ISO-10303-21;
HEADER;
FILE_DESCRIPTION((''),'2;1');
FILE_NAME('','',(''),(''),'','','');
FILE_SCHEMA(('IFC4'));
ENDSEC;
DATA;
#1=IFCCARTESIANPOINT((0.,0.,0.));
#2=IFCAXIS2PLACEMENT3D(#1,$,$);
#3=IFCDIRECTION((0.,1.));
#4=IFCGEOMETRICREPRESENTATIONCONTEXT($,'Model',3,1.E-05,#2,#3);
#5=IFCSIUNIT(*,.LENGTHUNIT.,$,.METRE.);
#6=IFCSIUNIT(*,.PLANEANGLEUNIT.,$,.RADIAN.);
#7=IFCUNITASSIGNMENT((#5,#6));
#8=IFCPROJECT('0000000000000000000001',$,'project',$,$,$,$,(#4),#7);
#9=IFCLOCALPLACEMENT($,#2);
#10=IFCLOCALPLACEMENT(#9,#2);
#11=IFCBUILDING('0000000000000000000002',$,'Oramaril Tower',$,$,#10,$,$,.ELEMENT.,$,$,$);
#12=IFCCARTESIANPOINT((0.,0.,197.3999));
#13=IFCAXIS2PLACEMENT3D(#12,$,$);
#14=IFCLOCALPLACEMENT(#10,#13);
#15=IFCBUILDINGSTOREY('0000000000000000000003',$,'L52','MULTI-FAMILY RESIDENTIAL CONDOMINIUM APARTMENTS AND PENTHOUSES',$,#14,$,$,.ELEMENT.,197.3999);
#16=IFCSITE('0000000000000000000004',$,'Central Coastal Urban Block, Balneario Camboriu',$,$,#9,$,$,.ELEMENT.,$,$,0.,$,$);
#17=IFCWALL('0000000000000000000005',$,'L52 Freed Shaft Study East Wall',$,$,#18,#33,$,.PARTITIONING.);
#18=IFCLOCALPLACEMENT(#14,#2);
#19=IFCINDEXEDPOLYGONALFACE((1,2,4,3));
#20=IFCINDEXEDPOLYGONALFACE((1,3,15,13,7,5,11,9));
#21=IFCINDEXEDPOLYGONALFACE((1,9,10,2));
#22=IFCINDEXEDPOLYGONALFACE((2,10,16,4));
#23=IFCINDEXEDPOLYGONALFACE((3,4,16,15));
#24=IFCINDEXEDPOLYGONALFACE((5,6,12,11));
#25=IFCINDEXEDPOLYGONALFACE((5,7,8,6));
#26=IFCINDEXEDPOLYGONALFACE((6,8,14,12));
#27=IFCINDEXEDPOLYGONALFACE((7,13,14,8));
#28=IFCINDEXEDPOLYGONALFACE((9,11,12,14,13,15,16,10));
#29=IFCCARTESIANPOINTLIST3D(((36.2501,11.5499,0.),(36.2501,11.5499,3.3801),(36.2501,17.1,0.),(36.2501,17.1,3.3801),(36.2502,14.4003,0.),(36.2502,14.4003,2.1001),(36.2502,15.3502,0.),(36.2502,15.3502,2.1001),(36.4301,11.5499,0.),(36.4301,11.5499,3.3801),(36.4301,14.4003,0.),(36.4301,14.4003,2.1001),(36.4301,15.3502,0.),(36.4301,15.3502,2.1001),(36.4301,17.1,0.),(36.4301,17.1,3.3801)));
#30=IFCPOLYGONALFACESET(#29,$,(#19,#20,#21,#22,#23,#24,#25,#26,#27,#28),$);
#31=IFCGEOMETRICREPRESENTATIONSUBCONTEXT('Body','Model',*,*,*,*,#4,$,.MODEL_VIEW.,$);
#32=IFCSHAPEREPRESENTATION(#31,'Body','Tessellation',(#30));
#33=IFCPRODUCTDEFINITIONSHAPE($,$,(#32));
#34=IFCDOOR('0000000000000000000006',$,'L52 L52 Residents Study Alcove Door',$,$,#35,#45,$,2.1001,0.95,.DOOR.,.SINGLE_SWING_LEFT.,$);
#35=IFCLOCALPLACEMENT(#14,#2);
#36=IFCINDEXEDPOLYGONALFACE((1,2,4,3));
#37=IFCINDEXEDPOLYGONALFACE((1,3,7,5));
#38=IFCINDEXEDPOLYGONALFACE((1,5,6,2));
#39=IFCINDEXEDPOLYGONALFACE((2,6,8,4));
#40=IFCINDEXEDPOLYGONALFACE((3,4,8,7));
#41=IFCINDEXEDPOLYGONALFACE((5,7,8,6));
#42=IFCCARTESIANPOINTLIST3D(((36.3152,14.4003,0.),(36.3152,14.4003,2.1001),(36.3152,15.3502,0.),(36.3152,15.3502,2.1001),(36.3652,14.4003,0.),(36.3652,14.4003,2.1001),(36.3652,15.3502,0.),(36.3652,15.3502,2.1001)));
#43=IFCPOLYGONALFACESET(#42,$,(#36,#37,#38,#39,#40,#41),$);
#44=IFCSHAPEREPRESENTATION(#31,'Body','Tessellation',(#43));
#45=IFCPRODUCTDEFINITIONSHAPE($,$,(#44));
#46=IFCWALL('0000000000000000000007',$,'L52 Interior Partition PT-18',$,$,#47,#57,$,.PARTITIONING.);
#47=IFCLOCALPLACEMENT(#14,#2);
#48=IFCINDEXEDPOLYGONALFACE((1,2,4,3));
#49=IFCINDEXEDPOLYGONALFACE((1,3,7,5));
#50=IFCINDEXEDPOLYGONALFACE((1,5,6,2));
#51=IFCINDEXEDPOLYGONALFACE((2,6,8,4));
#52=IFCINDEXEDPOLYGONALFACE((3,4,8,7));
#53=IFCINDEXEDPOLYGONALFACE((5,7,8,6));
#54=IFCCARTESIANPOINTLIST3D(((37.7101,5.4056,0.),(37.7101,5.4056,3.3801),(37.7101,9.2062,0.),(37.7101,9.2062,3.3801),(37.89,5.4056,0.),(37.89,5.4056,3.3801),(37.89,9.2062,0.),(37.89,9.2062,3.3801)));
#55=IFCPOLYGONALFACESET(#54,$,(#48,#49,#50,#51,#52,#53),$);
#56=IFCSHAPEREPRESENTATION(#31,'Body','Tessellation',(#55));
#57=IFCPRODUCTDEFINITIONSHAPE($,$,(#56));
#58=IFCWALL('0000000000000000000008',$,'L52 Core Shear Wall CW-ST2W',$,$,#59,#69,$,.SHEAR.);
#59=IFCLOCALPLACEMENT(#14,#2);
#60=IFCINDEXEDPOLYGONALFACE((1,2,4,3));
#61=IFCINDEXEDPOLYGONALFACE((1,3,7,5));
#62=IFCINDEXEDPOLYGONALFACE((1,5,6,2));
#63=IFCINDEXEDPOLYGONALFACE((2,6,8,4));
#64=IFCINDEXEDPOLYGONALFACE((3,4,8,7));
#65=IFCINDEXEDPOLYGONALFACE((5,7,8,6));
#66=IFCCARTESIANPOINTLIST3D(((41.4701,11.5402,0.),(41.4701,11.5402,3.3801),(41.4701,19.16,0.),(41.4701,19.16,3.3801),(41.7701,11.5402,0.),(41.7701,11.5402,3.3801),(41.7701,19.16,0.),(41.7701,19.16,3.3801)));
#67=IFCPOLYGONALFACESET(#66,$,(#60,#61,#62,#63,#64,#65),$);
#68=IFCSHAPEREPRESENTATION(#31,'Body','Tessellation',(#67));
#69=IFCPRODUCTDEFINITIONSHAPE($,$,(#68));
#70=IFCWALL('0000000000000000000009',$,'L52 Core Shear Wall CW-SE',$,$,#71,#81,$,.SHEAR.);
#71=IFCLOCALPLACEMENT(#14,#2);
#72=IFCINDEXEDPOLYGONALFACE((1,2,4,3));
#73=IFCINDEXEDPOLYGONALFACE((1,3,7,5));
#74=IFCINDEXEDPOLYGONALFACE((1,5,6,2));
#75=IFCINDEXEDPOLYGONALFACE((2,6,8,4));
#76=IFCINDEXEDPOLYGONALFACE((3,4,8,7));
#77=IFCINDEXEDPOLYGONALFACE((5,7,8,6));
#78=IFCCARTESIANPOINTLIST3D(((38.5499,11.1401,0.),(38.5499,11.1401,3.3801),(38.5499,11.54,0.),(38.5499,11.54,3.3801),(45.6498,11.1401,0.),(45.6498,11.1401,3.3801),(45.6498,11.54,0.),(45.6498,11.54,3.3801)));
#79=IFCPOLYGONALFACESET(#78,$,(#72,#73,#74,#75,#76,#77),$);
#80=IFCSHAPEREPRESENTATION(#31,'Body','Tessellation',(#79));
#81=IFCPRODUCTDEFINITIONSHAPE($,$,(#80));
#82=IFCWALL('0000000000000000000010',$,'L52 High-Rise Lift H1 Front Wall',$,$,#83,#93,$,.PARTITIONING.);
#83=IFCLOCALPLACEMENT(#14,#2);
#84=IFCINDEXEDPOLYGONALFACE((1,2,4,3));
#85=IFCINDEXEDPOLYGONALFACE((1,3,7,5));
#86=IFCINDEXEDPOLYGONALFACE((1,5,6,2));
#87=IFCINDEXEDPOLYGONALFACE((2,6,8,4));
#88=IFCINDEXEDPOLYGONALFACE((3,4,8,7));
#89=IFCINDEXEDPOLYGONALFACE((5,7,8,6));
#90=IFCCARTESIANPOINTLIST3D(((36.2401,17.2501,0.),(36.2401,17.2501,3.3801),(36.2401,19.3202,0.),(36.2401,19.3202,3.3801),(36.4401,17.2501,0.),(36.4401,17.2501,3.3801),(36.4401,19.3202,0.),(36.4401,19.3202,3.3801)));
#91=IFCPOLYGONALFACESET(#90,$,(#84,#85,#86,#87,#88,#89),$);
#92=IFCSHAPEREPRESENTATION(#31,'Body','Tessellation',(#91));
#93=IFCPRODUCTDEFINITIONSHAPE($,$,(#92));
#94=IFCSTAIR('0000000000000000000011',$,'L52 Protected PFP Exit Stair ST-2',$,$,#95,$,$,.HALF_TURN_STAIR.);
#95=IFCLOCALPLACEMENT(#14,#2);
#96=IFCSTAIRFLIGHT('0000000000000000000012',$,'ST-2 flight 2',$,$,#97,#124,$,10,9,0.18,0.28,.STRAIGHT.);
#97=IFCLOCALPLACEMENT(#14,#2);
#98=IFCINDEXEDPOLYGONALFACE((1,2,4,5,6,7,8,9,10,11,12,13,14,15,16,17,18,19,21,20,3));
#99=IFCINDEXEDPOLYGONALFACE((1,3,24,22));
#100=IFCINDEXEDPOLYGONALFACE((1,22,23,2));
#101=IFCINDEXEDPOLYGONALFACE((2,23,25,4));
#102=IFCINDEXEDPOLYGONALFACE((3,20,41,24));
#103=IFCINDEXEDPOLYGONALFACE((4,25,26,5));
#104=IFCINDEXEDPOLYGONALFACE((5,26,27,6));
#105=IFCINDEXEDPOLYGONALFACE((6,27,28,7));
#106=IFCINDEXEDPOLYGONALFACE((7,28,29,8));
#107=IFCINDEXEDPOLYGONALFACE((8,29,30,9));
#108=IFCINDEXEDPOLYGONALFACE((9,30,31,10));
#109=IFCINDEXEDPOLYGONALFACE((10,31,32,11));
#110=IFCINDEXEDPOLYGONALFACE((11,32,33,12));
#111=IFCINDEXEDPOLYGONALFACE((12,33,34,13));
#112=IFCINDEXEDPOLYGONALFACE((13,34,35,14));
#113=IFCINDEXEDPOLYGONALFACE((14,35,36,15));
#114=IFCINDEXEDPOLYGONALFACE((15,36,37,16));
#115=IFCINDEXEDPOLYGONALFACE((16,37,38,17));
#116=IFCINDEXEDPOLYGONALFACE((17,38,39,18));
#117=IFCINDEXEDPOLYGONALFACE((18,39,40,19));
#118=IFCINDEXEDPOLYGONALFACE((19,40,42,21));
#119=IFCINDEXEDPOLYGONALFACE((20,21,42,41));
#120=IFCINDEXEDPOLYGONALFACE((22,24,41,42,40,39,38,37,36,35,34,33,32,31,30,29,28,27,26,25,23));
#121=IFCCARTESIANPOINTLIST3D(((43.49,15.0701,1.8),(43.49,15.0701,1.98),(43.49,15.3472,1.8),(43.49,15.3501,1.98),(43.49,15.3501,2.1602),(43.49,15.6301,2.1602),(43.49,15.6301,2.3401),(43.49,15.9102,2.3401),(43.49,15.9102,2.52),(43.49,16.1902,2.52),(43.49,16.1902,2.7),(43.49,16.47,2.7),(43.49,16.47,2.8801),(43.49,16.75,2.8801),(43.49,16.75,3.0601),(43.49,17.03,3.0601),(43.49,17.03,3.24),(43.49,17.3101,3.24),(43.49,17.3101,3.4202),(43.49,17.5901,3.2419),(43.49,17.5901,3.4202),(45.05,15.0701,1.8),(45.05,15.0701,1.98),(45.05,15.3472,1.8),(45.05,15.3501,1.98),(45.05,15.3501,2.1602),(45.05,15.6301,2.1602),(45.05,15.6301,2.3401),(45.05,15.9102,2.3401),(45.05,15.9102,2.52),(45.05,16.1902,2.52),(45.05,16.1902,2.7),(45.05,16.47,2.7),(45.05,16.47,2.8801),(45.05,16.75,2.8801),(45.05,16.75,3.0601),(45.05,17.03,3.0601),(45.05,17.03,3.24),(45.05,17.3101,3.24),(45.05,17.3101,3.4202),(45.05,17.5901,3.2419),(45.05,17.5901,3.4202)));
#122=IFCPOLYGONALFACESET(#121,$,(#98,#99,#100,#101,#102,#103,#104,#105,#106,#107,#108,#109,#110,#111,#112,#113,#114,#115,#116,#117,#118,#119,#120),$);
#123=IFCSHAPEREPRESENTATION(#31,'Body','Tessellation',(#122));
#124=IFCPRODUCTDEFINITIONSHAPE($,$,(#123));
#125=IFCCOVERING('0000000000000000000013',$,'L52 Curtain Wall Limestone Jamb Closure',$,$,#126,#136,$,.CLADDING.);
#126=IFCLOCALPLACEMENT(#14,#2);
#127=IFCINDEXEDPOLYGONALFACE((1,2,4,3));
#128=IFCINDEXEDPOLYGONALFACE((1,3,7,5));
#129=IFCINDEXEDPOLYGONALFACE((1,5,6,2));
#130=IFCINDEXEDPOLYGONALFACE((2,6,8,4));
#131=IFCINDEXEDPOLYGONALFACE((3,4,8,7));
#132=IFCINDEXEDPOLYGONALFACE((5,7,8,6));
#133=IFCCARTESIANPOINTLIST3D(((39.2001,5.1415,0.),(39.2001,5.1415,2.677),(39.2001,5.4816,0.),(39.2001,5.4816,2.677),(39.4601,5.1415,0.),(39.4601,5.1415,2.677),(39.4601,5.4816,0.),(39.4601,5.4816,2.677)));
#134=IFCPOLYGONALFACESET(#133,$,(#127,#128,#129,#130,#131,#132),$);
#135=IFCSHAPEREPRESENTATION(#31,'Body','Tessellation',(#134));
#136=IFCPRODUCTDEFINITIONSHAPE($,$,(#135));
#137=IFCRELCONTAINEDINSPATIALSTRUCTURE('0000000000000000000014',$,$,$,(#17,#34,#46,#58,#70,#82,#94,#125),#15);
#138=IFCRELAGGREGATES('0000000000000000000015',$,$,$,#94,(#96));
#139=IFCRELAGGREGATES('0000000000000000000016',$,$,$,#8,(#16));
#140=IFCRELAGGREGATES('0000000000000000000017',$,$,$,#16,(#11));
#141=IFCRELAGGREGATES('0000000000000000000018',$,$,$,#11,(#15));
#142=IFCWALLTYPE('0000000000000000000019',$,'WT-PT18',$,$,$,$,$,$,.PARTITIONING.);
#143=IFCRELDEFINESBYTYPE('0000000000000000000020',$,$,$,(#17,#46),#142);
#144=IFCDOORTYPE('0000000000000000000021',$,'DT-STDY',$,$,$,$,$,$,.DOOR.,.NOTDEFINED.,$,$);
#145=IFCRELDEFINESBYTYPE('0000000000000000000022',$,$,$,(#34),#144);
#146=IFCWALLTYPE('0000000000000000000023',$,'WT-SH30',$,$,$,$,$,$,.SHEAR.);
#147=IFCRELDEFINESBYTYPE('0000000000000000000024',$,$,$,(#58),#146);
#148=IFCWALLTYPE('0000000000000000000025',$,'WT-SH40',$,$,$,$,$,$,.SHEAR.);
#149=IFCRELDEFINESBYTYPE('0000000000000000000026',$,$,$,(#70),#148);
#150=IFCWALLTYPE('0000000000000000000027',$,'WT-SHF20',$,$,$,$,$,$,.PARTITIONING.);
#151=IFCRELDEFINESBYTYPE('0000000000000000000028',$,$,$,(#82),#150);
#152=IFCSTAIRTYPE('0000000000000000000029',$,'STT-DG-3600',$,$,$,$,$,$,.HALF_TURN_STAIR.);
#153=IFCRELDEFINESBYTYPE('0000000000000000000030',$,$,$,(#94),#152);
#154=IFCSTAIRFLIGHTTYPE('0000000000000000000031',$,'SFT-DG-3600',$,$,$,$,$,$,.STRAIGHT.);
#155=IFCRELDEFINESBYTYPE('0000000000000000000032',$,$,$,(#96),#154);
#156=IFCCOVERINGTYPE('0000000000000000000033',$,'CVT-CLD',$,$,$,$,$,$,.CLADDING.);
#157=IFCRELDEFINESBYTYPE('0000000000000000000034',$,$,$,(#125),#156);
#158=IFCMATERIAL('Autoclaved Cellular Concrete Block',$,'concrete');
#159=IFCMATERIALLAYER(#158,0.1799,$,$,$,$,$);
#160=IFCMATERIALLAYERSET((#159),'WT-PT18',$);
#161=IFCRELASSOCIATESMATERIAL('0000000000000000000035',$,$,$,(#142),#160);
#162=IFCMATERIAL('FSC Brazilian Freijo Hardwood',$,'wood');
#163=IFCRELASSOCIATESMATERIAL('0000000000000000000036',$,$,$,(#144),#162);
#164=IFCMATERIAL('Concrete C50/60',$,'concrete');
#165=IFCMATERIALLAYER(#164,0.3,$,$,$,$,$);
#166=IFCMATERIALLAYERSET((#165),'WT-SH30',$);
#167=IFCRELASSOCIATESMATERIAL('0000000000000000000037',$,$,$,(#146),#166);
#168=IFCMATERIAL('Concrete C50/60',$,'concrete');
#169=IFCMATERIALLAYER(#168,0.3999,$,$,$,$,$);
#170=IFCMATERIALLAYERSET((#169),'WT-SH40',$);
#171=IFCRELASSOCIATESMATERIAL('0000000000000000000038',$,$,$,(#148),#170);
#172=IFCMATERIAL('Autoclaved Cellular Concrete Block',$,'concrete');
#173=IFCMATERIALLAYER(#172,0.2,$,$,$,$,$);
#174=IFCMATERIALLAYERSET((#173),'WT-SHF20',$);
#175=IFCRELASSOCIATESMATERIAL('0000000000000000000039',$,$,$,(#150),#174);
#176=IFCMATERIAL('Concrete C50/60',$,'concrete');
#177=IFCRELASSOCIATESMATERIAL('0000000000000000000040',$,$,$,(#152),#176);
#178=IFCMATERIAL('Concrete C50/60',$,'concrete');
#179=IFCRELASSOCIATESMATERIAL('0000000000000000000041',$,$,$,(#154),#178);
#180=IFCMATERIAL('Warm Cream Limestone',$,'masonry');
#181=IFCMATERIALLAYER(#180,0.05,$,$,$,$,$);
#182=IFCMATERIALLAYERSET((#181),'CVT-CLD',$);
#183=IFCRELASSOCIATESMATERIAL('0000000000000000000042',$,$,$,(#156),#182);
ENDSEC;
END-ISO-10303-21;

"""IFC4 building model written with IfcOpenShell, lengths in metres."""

from ifc_helpers import new_model, si_unit, direction, frame, frame_2d, origin, origin_2d, place, context, subcontext, project, spatial, polyline, rectangle, outline, extrude, material, layer, layer_set, type_object, element, fill, aggregate, save


model = new_model("IFC4")

# Units and contexts
model_context = context("Model", 3, precision=1e-05, world=origin(), true_north=direction((0.0, 1.0)))
body_context = subcontext(model_context, "Body", "Model", "MODEL_VIEW")
ifc_project = project(units=[si_unit("LENGTHUNIT", "METRE"), si_unit("PLANEANGLEUNIT", "RADIAN")], contexts=[model_context])

# Site, building, storey
site_placement = place(None, origin())
site = spatial("IfcSite", under=ifc_project, at=site_placement, Name="Central Coastal Urban Block, Balneario Camboriu", CompositionType="ELEMENT", RefElevation=0.0)
building_placement = place(site_placement, origin())
building = spatial("IfcBuilding", under=site, at=building_placement, Name="Oramaril Tower", CompositionType="ELEMENT")
storey_placement = place(building_placement, frame((0.0, 0.0, 197.3999)))
storey = spatial("IfcBuildingStorey", under=building, at=storey_placement, Name="L52", Description="MULTI-FAMILY RESIDENTIAL CONDOMINIUM APARTMENTS AND PENTHOUSES", CompositionType="ELEMENT", Elevation=197.3999)

# Wall, opening, door
ifc_material_1 = material(Name="Autoclaved Cellular Concrete Block", Category="concrete")
ifc_layer_1 = layer(ifc_material_1, 0.1799)
ifc_layer_set_1 = layer_set([ifc_layer_1], Name="WT-PT18")
wall_type_1 = type_object("IfcWallType", Name="WT-PT18", PredefinedType="PARTITIONING", material=ifc_layer_set_1)
wall_1_placement = place(storey_placement, frame((36.3401, 11.55, 0.0), z_axis=(0.0, 0.0, 1.0), x_axis=(0.0, 1.0, 0.0)))
wall_1 = element("IfcWall", 1, at=wall_1_placement, inside=storey, type_object=wall_type_1, Name="L52 Freed Shaft Study East Wall", PredefinedType="PARTITIONING", context=body_context, shape_type="SweptSolid", body=[
    extrude(rectangle(XDim=5.55, YDim=0.1799, at=frame_2d((2.7749, 0.0))), origin(), (0.0, 0.0, 1.0), 3.3801),
])
opening_1_placement = place(wall_1_placement, frame((2.8501, 0.0, 0.0)))
opening_1 = element("IfcOpeningElement", 2, at=opening_1_placement, cuts=wall_1, PredefinedType="OPENING", context=body_context, shape_type="SweptSolid", body=[
    extrude(rectangle(XDim=0.95, YDim=2.1001, at=frame_2d((0.4751, 1.05))), frame((0.0, 0.0898, 0.0), z_axis=(0.0, -1.0, 0.0), x_axis=(1.0, 0.0, 0.0)), (0.0, 0.0, 1.0), 0.1799),
])
ifc_material_2 = material(Name="FSC Brazilian Freijo Hardwood", Category="wood")
door_type_1 = type_object("IfcDoorType", Name="DT-STDY", OperationType="NOTDEFINED", PredefinedType="DOOR", material=ifc_material_2)
door_1_placement = place(opening_1_placement, origin())
door_1 = element("IfcDoor", 3, at=door_1_placement, inside=storey, type_object=door_type_1, Name="L52 L52 Residents Study Alcove Door", OperationType="SINGLE_SWING_LEFT", OverallHeight=2.1001, OverallWidth=0.95, PredefinedType="DOOR", context=body_context, shape_type="SweptSolid", body=[
    extrude(rectangle(XDim=0.95, YDim=2.1001, at=frame_2d((0.4751, 1.05))), frame((0.0, 0.0249, 0.0), z_axis=(0.0, -1.0, 0.0), x_axis=(1.0, 0.0, 0.0)), (0.0, 0.0, 1.0), 0.05),
])
fill(opening_1, door_1)

# Walls
wall_2_placement = place(storey_placement, frame((37.8, 5.4055, 0.0), z_axis=(0.0, 0.0, 1.0), x_axis=(0.0, 1.0, 0.0)))
element("IfcWall", 4, at=wall_2_placement, inside=storey, type_object=wall_type_1, Name="L52 Interior Partition PT-18", PredefinedType="PARTITIONING", context=body_context, shape_type="SweptSolid", body=[
    extrude(rectangle(XDim=3.8005, YDim=0.1799, at=frame_2d((1.9004, 0.0))), origin(), (0.0, 0.0, 1.0), 3.3801),
])
ifc_material_3 = material(Name="Concrete C50/60", Category="concrete")
ifc_layer_2 = layer(ifc_material_3, 0.3)
ifc_layer_set_2 = layer_set([ifc_layer_2], Name="WT-SH30")
wall_type_2 = type_object("IfcWallType", Name="WT-SH30", PredefinedType="SHEAR", material=ifc_layer_set_2)
wall_3_placement = place(storey_placement, frame((41.6201, 11.54, 0.0), z_axis=(0.0, 0.0, 1.0), x_axis=(0.0, 1.0, 0.0)))
element("IfcWall", 5, at=wall_3_placement, inside=storey, type_object=wall_type_2, Name="L52 Core Shear Wall CW-ST2W", PredefinedType="SHEAR", context=body_context, shape_type="SweptSolid", body=[
    extrude(rectangle(XDim=7.6199, YDim=0.3, at=frame_2d((3.8101, 0.0))), origin(), (0.0, 0.0, 1.0), 3.3801),
])
ifc_material_4 = material(Name="Concrete C50/60", Category="concrete")
ifc_layer_3 = layer(ifc_material_4, 0.3999)
ifc_layer_set_3 = layer_set([ifc_layer_3], Name="WT-SH40")
wall_type_3 = type_object("IfcWallType", Name="WT-SH40", PredefinedType="SHEAR", material=ifc_layer_set_3)
wall_4_placement = place(storey_placement, frame((38.55, 11.3401, 0.0), z_axis=(0.0, 0.0, 1.0), x_axis=(1.0, 0.0, 0.0)))
element("IfcWall", 6, at=wall_4_placement, inside=storey, type_object=wall_type_3, Name="L52 Core Shear Wall CW-SE", PredefinedType="SHEAR", context=body_context, shape_type="SweptSolid", body=[
    extrude(rectangle(XDim=7.0999, YDim=0.3999, at=frame_2d((3.5498, 0.0))), origin(), (0.0, 0.0, 1.0), 3.3801),
])
ifc_material_5 = material(Name="Autoclaved Cellular Concrete Block", Category="concrete")
ifc_layer_4 = layer(ifc_material_5, 0.2)
ifc_layer_set_4 = layer_set([ifc_layer_4], Name="WT-SHF20")
wall_type_4 = type_object("IfcWallType", Name="WT-SHF20", PredefinedType="PARTITIONING", material=ifc_layer_set_4)
wall_5_placement = place(storey_placement, frame((36.3401, 17.25, 0.0), z_axis=(0.0, 0.0, 1.0), x_axis=(0.0, 1.0, 0.0)))
element("IfcWall", 7, at=wall_5_placement, inside=storey, type_object=wall_type_4, Name="L52 High-Rise Lift H1 Front Wall", PredefinedType="PARTITIONING", context=body_context, shape_type="SweptSolid", body=[
    extrude(rectangle(XDim=2.0701, YDim=0.2, at=frame_2d((1.0352, 0.0))), origin(), (0.0, 0.0, 1.0), 3.3801),
])

# Stair, stair flight
ifc_material_6 = material(Name="Concrete C50/60", Category="concrete")
stair_type = type_object("IfcStairType", Name="STT-DG-3600", PredefinedType="HALF_TURN_STAIR", material=ifc_material_6)
stair_placement = place(storey_placement, origin())
stair = element("IfcStair", 8, at=stair_placement, inside=storey, type_object=stair_type, Name="L52 Protected PFP Exit Stair ST-2", PredefinedType="HALF_TURN_STAIR")
ifc_material_7 = material(Name="Concrete C50/60", Category="concrete")
stair_flight_type = type_object("IfcStairFlightType", Name="SFT-DG-3600", PredefinedType="STRAIGHT", material=ifc_material_7)
stair_flight_placement = place(storey_placement, frame((44.27, 15.0701, 1.8), z_axis=(0.0, 0.0, 1.0), x_axis=(0.0, 1.0, 0.0)))
stair_flight = element("IfcStairFlight", 9, at=stair_flight_placement, type_object=stair_flight_type, Name="ST-2 flight 2", NumberOfRisers=10, NumberOfTreads=9, PredefinedType="STRAIGHT", RiserHeight=0.18, TreadLength=0.28, context=body_context, shape_type="SweptSolid", body=[
    extrude(outline(polyline([(0.0, 0.0), (0.0, 0.1799), (0.28, 0.1799), (0.28, 0.3601), (0.5601, 0.3601), (0.5601, 0.54), (0.8401, 0.54), (0.8401, 0.72), (1.1201, 0.72), (1.1201, 0.8999), (1.3999, 0.8999), (1.3999, 1.0801), (1.6799, 1.0801), (1.6799, 1.26), (1.96, 1.26), (1.96, 1.4399), (2.24, 1.4399), (2.24, 1.6201), (2.52, 1.6201), (2.52, 1.8), (2.52, 1.4419), (0.2771, 0.0), (0.0, 0.0)])), frame((0.0, 0.78, 0.0), z_axis=(0.0, -1.0, 0.0), x_axis=(1.0, 0.0, 0.0)), (0.0, 0.0, 1.0), 1.5601),
])
aggregate(stair, [stair_flight])

# Covering
ifc_material_8 = material(Name="Warm Cream Limestone", Category="masonry")
ifc_layer_5 = layer(ifc_material_8, 0.05)
ifc_layer_set_5 = layer_set([ifc_layer_5], Name="CVT-CLD")
covering_type = type_object("IfcCoveringType", Name="CVT-CLD", PredefinedType="CLADDING", material=ifc_layer_set_5)
covering_placement = place(storey_placement, frame((39.3301, 5.3115, 0.0), z_axis=(0.0, 0.0, 1.0), x_axis=(1.0, 0.0, 0.0)))
element("IfcCovering", 10, at=covering_placement, inside=storey, type_object=covering_type, Name="L52 Curtain Wall Limestone Jamb Closure", PredefinedType="CLADDING", context=body_context, shape_type="SweptSolid", body=[
    extrude(rectangle(XDim=0.26, YDim=0.3401, at=origin_2d()), origin(), (0.0, 0.0, 1.0), 2.677),
])

save(model, "model.ifc")
